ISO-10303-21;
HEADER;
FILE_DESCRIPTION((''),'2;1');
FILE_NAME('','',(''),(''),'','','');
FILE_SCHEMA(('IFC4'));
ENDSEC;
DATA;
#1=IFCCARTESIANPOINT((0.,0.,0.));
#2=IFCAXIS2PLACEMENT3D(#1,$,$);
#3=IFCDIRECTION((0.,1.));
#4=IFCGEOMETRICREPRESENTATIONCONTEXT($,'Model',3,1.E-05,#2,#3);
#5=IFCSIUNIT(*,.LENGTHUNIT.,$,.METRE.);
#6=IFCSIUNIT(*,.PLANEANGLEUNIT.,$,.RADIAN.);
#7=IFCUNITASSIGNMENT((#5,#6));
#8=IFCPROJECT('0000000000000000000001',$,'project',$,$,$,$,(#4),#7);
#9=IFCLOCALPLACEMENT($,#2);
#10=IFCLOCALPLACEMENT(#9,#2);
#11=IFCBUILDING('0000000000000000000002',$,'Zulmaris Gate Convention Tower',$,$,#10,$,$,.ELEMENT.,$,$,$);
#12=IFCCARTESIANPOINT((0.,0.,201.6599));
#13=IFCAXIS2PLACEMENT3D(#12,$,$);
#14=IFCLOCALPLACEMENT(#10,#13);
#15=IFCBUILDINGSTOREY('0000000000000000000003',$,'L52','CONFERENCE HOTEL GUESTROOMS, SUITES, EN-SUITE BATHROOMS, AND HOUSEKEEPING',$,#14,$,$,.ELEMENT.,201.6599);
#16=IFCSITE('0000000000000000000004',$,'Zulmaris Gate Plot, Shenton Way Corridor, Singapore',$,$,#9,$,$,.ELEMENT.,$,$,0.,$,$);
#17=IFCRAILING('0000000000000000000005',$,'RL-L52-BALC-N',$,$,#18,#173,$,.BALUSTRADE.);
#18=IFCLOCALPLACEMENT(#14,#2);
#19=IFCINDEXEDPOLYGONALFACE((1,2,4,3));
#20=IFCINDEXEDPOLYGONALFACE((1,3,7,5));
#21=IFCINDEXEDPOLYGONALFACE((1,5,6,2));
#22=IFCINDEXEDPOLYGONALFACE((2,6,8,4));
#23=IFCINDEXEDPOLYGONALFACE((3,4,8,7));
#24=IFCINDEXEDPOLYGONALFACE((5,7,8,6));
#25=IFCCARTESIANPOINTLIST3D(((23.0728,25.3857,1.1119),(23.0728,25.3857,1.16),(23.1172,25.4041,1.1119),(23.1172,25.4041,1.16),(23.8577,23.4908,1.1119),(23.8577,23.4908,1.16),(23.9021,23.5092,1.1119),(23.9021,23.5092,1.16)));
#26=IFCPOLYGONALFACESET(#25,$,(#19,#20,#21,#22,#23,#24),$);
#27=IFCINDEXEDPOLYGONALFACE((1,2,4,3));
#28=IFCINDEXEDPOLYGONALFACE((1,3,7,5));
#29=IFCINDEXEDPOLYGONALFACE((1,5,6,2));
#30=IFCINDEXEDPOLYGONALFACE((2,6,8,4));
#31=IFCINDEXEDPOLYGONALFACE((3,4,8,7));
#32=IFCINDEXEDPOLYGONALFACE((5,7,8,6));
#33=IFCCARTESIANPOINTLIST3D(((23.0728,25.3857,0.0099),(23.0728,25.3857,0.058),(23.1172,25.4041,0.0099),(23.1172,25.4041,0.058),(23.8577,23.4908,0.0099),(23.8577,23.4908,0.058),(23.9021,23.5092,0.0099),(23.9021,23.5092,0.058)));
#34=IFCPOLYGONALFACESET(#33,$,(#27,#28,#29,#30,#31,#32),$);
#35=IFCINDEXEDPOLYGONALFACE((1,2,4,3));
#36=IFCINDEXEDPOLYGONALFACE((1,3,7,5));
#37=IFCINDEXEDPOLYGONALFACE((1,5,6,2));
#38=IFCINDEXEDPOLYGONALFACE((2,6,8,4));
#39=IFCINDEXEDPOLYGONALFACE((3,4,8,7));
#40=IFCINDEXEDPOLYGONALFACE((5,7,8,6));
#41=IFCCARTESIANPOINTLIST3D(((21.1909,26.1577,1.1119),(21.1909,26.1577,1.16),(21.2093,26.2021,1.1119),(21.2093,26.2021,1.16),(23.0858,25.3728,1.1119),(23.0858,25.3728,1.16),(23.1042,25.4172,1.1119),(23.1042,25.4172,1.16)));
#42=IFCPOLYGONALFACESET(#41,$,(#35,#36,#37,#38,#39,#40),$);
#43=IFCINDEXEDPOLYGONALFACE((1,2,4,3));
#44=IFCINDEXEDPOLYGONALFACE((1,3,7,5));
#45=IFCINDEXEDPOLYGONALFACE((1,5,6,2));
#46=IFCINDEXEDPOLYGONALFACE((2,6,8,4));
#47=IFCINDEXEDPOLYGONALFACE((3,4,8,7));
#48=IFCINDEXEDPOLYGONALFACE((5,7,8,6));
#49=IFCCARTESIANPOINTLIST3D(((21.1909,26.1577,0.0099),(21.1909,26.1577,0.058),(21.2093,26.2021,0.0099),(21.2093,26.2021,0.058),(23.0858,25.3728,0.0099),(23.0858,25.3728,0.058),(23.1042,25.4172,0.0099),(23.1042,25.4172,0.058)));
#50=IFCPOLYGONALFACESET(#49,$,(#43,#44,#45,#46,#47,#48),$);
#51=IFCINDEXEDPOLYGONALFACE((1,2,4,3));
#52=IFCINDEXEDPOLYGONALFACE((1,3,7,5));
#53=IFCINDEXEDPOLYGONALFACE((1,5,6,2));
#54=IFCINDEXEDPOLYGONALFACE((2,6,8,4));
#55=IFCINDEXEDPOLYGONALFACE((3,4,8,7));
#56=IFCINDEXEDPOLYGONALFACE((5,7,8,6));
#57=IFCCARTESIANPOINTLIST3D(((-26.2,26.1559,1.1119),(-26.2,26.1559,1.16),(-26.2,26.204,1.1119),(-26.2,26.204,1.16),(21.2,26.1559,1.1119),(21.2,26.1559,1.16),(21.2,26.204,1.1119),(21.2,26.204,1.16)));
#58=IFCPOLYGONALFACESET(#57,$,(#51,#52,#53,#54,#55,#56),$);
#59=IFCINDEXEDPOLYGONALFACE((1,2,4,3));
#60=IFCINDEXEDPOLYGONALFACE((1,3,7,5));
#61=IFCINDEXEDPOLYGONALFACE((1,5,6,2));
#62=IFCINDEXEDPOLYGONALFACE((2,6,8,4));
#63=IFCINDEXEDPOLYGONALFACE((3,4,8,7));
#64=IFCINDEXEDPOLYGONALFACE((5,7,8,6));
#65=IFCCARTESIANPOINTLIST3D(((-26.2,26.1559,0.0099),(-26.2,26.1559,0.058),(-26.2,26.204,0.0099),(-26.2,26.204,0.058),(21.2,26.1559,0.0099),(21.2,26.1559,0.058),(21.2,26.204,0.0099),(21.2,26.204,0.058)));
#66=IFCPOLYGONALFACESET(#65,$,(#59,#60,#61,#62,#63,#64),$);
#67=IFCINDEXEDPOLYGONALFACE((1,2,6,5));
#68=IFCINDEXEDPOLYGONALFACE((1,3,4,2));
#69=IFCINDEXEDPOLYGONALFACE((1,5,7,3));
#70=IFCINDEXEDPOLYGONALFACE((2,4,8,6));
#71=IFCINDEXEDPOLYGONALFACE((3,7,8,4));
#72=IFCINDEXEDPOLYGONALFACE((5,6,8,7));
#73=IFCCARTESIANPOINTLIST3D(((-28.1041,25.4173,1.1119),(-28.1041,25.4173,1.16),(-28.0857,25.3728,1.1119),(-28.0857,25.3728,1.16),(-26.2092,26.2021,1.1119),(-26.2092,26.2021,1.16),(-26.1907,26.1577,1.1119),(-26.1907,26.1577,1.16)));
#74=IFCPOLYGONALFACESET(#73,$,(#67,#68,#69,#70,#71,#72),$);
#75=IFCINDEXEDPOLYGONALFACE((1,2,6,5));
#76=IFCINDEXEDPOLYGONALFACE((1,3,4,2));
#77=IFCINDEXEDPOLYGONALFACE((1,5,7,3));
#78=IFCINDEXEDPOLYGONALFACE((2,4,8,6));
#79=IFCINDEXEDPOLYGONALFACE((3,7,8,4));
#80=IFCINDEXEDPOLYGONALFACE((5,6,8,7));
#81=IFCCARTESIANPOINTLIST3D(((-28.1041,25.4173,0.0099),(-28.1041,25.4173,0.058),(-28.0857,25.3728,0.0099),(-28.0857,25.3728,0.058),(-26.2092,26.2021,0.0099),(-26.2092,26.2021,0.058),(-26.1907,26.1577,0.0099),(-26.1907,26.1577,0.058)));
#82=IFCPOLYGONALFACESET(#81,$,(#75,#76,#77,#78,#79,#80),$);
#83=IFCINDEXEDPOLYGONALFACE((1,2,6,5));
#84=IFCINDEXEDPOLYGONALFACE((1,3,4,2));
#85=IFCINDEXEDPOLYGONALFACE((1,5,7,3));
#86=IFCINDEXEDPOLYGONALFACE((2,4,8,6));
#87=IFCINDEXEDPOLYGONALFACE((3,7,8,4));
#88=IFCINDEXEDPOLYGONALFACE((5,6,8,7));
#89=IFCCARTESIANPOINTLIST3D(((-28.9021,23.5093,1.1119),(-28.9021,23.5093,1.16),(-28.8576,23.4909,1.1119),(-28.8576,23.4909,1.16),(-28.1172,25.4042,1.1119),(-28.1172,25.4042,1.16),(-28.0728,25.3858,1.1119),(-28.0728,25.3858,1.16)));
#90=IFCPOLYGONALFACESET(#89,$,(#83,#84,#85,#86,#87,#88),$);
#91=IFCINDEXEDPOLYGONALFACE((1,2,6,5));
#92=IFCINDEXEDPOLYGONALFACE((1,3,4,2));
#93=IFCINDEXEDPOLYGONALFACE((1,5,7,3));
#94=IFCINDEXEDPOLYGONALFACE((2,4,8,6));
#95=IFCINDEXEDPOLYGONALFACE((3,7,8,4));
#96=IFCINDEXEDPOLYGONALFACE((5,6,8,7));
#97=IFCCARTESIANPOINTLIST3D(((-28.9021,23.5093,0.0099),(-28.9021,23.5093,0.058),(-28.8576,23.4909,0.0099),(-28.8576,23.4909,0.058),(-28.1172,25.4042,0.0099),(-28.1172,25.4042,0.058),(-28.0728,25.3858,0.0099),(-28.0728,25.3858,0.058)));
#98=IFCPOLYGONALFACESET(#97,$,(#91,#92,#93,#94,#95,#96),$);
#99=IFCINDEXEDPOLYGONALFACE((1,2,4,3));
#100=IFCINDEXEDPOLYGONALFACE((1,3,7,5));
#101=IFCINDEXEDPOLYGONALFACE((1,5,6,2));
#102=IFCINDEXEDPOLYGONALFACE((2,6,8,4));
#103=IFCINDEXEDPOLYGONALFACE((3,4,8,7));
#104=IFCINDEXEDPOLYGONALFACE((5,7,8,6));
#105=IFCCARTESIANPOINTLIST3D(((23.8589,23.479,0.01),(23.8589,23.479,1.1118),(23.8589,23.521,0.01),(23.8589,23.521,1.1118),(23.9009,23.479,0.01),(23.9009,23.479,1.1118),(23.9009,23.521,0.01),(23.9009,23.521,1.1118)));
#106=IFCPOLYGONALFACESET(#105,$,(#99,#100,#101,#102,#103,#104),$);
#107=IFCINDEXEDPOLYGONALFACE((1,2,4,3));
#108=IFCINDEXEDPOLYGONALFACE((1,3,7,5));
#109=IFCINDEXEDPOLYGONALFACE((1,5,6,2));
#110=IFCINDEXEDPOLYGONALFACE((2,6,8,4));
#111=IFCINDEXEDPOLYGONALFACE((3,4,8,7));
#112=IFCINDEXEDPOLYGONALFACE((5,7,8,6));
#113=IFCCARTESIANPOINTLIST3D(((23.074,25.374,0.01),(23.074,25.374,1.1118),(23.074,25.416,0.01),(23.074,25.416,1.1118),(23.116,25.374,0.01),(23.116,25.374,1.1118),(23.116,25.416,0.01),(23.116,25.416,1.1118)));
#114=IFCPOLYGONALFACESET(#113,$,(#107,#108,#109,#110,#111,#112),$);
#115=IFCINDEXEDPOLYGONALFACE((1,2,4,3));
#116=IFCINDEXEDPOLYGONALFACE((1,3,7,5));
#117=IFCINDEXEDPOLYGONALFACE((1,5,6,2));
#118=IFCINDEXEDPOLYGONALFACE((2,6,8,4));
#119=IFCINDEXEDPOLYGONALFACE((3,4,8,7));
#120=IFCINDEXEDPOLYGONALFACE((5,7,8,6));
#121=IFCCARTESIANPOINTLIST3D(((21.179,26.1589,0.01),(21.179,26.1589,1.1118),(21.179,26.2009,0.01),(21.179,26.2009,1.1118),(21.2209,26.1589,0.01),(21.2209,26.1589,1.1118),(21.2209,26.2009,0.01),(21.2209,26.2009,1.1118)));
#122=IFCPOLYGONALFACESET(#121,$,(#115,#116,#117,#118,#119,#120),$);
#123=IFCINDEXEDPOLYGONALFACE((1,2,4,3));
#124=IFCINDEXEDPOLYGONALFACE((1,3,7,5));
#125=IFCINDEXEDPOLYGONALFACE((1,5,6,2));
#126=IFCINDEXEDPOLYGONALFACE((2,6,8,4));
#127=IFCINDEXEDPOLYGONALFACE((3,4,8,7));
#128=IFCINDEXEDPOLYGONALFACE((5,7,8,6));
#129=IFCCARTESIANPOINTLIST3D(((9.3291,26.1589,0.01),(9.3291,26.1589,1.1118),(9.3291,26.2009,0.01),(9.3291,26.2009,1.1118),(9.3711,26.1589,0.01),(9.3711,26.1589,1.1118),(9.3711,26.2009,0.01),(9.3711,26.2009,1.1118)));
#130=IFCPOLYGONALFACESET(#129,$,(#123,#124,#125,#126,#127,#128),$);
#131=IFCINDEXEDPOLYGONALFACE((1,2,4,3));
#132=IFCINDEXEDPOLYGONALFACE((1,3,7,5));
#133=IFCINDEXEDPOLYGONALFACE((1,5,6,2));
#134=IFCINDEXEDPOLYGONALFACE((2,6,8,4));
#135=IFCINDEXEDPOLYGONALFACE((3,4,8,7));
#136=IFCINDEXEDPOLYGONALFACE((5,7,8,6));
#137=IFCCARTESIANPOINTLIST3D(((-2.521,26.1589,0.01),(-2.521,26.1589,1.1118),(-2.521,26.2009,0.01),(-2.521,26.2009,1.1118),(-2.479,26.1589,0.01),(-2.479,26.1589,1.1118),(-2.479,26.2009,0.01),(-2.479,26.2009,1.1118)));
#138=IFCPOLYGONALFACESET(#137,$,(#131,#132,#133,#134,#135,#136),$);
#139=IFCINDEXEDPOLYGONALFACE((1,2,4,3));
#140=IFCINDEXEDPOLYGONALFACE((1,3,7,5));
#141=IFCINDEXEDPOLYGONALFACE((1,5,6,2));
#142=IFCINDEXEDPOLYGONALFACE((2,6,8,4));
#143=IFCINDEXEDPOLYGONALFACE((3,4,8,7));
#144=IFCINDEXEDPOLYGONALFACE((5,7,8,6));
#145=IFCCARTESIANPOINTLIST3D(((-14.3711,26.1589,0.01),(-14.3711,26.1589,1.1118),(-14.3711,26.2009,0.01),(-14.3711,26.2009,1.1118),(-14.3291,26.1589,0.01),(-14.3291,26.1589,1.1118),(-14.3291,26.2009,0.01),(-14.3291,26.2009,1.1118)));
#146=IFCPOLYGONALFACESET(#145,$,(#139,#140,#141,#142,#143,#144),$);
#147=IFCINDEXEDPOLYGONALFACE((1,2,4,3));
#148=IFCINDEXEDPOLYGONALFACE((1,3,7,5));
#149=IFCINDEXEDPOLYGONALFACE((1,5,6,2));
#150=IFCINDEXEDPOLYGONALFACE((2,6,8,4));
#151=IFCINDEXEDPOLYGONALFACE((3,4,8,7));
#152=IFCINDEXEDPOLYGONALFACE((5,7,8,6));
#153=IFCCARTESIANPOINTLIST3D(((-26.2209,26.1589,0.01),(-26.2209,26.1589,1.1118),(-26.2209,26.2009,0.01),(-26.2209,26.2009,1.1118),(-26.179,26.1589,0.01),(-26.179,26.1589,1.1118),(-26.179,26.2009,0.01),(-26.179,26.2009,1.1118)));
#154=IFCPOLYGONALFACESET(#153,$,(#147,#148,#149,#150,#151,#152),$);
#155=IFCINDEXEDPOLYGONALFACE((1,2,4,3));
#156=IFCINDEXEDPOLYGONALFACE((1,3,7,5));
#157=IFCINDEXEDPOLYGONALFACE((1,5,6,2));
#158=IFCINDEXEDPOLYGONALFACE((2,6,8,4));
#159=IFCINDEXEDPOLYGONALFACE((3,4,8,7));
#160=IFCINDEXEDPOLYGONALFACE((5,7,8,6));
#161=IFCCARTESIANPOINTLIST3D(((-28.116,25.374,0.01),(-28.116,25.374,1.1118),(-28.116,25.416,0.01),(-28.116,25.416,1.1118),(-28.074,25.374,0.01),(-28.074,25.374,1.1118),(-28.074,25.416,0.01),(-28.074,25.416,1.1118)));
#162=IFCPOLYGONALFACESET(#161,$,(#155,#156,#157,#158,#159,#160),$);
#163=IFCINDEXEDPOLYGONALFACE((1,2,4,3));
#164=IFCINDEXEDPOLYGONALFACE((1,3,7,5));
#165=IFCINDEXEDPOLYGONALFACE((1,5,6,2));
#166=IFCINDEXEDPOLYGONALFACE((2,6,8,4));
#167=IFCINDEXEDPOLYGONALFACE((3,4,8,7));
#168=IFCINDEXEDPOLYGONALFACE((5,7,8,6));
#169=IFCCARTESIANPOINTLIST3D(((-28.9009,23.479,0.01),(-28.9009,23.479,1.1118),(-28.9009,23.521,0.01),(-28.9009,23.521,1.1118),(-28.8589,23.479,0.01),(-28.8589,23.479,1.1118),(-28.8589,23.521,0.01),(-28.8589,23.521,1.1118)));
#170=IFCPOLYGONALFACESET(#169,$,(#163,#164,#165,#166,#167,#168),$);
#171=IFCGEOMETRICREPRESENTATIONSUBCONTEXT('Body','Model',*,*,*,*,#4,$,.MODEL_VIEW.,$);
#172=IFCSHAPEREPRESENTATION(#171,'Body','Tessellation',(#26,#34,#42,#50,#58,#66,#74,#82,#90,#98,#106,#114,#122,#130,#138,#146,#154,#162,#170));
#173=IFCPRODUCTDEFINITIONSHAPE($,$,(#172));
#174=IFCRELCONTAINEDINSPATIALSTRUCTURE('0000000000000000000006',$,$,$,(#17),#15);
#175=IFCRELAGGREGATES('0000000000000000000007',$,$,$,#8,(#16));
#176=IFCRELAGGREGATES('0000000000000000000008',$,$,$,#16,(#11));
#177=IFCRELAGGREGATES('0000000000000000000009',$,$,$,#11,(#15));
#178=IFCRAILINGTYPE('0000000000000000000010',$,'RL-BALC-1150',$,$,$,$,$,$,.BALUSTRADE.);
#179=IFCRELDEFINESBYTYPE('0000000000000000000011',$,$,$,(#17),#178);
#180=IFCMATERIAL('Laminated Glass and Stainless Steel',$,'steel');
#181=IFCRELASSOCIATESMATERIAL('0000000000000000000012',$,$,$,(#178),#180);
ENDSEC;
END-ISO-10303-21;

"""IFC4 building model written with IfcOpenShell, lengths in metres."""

from ifc_helpers import new_model, si_unit, direction, frame, origin, origin_2d, place, context, subcontext, project, spatial, rectangle, extrude, material, type_object, element, save


model = new_model("IFC4")

# Units and contexts
model_context = context("Model", 3, precision=1e-05, world=origin(), true_north=direction((0.0, 1.0)))
body_context = subcontext(model_context, "Body", "Model", "MODEL_VIEW")
ifc_project = project(units=[si_unit("LENGTHUNIT", "METRE"), si_unit("PLANEANGLEUNIT", "RADIAN")], contexts=[model_context])

# Site, building, storey
site_placement = place(None, origin())
site = spatial("IfcSite", under=ifc_project, at=site_placement, Name="Zulmaris Gate Plot, Shenton Way Corridor, Singapore", CompositionType="ELEMENT", RefElevation=0.0)
building_placement = place(site_placement, origin())
building = spatial("IfcBuilding", under=site, at=building_placement, Name="Zulmaris Gate Convention Tower", CompositionType="ELEMENT")
storey_placement = place(building_placement, frame((0.0, 0.0, 201.6599)))
storey = spatial("IfcBuildingStorey", under=building, at=storey_placement, Name="L52", Description="CONFERENCE HOTEL GUESTROOMS, SUITES, EN-SUITE BATHROOMS, AND HOUSEKEEPING", CompositionType="ELEMENT", Elevation=201.6599)

# Railing
ifc_material_1 = material(Name="Laminated Glass and Stainless Steel", Category="steel")
railing_type = type_object("IfcRailingType", Name="RL-BALC-1150", PredefinedType="BALUSTRADE", material=ifc_material_1)
railing_placement = place(storey_placement, frame((23.8799, 23.5, 0.01)))
element("IfcRailing", 1, at=railing_placement, inside=storey, type_object=railing_type, Name="RL-L52-BALC-N", PredefinedType="BALUSTRADE", context=body_context, shape_type="SweptSolid", body=[
    extrude(rectangle(XDim=0.0481, YDim=0.0481, at=origin_2d()), frame((0.0, 0.0, 1.126), z_axis=(-0.382671, 0.923885, 0.0), x_axis=(-0.923885, -0.382671, 0.0)), (0.0, 0.0, 1.0), 2.051),
    extrude(rectangle(XDim=0.0481, YDim=0.0481, at=origin_2d()), frame((0.0, 0.0, 0.0239), z_axis=(-0.382671, 0.923885, 0.0), x_axis=(-0.923885, -0.382671, 0.0)), (0.0, 0.0, 1.0), 2.051),
    extrude(rectangle(XDim=0.0481, YDim=0.0481, at=origin_2d()), frame((-0.7849, 1.895, 1.126), z_axis=(-0.923885, 0.382671, 0.0), x_axis=(-0.382671, -0.923885, 0.0)), (0.0, 0.0, 1.0), 2.051),
    extrude(rectangle(XDim=0.0481, YDim=0.0481, at=origin_2d()), frame((-0.7849, 1.895, 0.0239), z_axis=(-0.923885, 0.382671, 0.0), x_axis=(-0.382671, -0.923885, 0.0)), (0.0, 0.0, 1.0), 2.051),
    extrude(rectangle(XDim=0.0481, YDim=0.0481, at=origin_2d()), frame((-2.6799, 2.6799, 1.126), z_axis=(-1.0, 0.0, 0.0), x_axis=(0.0, -1.0, 0.0)), (0.0, 0.0, 1.0), 47.3999),
    extrude(rectangle(XDim=0.0481, YDim=0.0481, at=origin_2d()), frame((-2.6799, 2.6799, 0.0239), z_axis=(-1.0, 0.0, 0.0), x_axis=(0.0, -1.0, 0.0)), (0.0, 0.0, 1.0), 47.3999),
    extrude(rectangle(XDim=0.0481, YDim=0.0481, at=origin_2d()), frame((-50.0798, 2.6799, 1.126), z_axis=(-0.923885, -0.382671, 0.0), x_axis=(0.382671, -0.923885, 0.0)), (0.0, 0.0, 1.0), 2.051),
    extrude(rectangle(XDim=0.0481, YDim=0.0481, at=origin_2d()), frame((-50.0798, 2.6799, 0.0239), z_axis=(-0.923885, -0.382671, 0.0), x_axis=(0.382671, -0.923885, 0.0)), (0.0, 0.0, 1.0), 2.051),
    extrude(rectangle(XDim=0.0481, YDim=0.0481, at=origin_2d()), frame((-51.9749, 1.895, 1.126), z_axis=(-0.382671, -0.923885, 0.0), x_axis=(0.923885, -0.382671, 0.0)), (0.0, 0.0, 1.0), 2.051),
    extrude(rectangle(XDim=0.0481, YDim=0.0481, at=origin_2d()), frame((-51.9749, 1.895, 0.0239), z_axis=(-0.382671, -0.923885, 0.0), x_axis=(0.923885, -0.382671, 0.0)), (0.0, 0.0, 1.0), 2.051),
    extrude(rectangle(XDim=0.042, YDim=0.042, at=origin_2d()), origin(), (0.0, 0.0, 1.0), 1.1018),
    extrude(rectangle(XDim=0.042, YDim=0.042, at=origin_2d()), frame((-0.7849, 1.895, 0.0)), (0.0, 0.0, 1.0), 1.1018),
    extrude(rectangle(XDim=0.042, YDim=0.042, at=origin_2d()), frame((-2.6799, 2.6799, 0.0)), (0.0, 0.0, 1.0), 1.1018),
    extrude(rectangle(XDim=0.042, YDim=0.042, at=origin_2d()), frame((-14.5298, 2.6799, 0.0)), (0.0, 0.0, 1.0), 1.1018),
    extrude(rectangle(XDim=0.042, YDim=0.042, at=origin_2d()), frame((-26.3799, 2.6799, 0.0)), (0.0, 0.0, 1.0), 1.1018),
    extrude(rectangle(XDim=0.042, YDim=0.042, at=origin_2d()), frame((-38.23, 2.6799, 0.0)), (0.0, 0.0, 1.0), 1.1018),
    extrude(rectangle(XDim=0.042, YDim=0.042, at=origin_2d()), frame((-50.0798, 2.6799, 0.0)), (0.0, 0.0, 1.0), 1.1018),
    extrude(rectangle(XDim=0.042, YDim=0.042, at=origin_2d()), frame((-51.9749, 1.895, 0.0)), (0.0, 0.0, 1.0), 1.1018),
    extrude(rectangle(XDim=0.042, YDim=0.042, at=origin_2d()), frame((-52.7598, 0.0, 0.0)), (0.0, 0.0, 1.0), 1.1018),
])

save(model, "model.ifc")
